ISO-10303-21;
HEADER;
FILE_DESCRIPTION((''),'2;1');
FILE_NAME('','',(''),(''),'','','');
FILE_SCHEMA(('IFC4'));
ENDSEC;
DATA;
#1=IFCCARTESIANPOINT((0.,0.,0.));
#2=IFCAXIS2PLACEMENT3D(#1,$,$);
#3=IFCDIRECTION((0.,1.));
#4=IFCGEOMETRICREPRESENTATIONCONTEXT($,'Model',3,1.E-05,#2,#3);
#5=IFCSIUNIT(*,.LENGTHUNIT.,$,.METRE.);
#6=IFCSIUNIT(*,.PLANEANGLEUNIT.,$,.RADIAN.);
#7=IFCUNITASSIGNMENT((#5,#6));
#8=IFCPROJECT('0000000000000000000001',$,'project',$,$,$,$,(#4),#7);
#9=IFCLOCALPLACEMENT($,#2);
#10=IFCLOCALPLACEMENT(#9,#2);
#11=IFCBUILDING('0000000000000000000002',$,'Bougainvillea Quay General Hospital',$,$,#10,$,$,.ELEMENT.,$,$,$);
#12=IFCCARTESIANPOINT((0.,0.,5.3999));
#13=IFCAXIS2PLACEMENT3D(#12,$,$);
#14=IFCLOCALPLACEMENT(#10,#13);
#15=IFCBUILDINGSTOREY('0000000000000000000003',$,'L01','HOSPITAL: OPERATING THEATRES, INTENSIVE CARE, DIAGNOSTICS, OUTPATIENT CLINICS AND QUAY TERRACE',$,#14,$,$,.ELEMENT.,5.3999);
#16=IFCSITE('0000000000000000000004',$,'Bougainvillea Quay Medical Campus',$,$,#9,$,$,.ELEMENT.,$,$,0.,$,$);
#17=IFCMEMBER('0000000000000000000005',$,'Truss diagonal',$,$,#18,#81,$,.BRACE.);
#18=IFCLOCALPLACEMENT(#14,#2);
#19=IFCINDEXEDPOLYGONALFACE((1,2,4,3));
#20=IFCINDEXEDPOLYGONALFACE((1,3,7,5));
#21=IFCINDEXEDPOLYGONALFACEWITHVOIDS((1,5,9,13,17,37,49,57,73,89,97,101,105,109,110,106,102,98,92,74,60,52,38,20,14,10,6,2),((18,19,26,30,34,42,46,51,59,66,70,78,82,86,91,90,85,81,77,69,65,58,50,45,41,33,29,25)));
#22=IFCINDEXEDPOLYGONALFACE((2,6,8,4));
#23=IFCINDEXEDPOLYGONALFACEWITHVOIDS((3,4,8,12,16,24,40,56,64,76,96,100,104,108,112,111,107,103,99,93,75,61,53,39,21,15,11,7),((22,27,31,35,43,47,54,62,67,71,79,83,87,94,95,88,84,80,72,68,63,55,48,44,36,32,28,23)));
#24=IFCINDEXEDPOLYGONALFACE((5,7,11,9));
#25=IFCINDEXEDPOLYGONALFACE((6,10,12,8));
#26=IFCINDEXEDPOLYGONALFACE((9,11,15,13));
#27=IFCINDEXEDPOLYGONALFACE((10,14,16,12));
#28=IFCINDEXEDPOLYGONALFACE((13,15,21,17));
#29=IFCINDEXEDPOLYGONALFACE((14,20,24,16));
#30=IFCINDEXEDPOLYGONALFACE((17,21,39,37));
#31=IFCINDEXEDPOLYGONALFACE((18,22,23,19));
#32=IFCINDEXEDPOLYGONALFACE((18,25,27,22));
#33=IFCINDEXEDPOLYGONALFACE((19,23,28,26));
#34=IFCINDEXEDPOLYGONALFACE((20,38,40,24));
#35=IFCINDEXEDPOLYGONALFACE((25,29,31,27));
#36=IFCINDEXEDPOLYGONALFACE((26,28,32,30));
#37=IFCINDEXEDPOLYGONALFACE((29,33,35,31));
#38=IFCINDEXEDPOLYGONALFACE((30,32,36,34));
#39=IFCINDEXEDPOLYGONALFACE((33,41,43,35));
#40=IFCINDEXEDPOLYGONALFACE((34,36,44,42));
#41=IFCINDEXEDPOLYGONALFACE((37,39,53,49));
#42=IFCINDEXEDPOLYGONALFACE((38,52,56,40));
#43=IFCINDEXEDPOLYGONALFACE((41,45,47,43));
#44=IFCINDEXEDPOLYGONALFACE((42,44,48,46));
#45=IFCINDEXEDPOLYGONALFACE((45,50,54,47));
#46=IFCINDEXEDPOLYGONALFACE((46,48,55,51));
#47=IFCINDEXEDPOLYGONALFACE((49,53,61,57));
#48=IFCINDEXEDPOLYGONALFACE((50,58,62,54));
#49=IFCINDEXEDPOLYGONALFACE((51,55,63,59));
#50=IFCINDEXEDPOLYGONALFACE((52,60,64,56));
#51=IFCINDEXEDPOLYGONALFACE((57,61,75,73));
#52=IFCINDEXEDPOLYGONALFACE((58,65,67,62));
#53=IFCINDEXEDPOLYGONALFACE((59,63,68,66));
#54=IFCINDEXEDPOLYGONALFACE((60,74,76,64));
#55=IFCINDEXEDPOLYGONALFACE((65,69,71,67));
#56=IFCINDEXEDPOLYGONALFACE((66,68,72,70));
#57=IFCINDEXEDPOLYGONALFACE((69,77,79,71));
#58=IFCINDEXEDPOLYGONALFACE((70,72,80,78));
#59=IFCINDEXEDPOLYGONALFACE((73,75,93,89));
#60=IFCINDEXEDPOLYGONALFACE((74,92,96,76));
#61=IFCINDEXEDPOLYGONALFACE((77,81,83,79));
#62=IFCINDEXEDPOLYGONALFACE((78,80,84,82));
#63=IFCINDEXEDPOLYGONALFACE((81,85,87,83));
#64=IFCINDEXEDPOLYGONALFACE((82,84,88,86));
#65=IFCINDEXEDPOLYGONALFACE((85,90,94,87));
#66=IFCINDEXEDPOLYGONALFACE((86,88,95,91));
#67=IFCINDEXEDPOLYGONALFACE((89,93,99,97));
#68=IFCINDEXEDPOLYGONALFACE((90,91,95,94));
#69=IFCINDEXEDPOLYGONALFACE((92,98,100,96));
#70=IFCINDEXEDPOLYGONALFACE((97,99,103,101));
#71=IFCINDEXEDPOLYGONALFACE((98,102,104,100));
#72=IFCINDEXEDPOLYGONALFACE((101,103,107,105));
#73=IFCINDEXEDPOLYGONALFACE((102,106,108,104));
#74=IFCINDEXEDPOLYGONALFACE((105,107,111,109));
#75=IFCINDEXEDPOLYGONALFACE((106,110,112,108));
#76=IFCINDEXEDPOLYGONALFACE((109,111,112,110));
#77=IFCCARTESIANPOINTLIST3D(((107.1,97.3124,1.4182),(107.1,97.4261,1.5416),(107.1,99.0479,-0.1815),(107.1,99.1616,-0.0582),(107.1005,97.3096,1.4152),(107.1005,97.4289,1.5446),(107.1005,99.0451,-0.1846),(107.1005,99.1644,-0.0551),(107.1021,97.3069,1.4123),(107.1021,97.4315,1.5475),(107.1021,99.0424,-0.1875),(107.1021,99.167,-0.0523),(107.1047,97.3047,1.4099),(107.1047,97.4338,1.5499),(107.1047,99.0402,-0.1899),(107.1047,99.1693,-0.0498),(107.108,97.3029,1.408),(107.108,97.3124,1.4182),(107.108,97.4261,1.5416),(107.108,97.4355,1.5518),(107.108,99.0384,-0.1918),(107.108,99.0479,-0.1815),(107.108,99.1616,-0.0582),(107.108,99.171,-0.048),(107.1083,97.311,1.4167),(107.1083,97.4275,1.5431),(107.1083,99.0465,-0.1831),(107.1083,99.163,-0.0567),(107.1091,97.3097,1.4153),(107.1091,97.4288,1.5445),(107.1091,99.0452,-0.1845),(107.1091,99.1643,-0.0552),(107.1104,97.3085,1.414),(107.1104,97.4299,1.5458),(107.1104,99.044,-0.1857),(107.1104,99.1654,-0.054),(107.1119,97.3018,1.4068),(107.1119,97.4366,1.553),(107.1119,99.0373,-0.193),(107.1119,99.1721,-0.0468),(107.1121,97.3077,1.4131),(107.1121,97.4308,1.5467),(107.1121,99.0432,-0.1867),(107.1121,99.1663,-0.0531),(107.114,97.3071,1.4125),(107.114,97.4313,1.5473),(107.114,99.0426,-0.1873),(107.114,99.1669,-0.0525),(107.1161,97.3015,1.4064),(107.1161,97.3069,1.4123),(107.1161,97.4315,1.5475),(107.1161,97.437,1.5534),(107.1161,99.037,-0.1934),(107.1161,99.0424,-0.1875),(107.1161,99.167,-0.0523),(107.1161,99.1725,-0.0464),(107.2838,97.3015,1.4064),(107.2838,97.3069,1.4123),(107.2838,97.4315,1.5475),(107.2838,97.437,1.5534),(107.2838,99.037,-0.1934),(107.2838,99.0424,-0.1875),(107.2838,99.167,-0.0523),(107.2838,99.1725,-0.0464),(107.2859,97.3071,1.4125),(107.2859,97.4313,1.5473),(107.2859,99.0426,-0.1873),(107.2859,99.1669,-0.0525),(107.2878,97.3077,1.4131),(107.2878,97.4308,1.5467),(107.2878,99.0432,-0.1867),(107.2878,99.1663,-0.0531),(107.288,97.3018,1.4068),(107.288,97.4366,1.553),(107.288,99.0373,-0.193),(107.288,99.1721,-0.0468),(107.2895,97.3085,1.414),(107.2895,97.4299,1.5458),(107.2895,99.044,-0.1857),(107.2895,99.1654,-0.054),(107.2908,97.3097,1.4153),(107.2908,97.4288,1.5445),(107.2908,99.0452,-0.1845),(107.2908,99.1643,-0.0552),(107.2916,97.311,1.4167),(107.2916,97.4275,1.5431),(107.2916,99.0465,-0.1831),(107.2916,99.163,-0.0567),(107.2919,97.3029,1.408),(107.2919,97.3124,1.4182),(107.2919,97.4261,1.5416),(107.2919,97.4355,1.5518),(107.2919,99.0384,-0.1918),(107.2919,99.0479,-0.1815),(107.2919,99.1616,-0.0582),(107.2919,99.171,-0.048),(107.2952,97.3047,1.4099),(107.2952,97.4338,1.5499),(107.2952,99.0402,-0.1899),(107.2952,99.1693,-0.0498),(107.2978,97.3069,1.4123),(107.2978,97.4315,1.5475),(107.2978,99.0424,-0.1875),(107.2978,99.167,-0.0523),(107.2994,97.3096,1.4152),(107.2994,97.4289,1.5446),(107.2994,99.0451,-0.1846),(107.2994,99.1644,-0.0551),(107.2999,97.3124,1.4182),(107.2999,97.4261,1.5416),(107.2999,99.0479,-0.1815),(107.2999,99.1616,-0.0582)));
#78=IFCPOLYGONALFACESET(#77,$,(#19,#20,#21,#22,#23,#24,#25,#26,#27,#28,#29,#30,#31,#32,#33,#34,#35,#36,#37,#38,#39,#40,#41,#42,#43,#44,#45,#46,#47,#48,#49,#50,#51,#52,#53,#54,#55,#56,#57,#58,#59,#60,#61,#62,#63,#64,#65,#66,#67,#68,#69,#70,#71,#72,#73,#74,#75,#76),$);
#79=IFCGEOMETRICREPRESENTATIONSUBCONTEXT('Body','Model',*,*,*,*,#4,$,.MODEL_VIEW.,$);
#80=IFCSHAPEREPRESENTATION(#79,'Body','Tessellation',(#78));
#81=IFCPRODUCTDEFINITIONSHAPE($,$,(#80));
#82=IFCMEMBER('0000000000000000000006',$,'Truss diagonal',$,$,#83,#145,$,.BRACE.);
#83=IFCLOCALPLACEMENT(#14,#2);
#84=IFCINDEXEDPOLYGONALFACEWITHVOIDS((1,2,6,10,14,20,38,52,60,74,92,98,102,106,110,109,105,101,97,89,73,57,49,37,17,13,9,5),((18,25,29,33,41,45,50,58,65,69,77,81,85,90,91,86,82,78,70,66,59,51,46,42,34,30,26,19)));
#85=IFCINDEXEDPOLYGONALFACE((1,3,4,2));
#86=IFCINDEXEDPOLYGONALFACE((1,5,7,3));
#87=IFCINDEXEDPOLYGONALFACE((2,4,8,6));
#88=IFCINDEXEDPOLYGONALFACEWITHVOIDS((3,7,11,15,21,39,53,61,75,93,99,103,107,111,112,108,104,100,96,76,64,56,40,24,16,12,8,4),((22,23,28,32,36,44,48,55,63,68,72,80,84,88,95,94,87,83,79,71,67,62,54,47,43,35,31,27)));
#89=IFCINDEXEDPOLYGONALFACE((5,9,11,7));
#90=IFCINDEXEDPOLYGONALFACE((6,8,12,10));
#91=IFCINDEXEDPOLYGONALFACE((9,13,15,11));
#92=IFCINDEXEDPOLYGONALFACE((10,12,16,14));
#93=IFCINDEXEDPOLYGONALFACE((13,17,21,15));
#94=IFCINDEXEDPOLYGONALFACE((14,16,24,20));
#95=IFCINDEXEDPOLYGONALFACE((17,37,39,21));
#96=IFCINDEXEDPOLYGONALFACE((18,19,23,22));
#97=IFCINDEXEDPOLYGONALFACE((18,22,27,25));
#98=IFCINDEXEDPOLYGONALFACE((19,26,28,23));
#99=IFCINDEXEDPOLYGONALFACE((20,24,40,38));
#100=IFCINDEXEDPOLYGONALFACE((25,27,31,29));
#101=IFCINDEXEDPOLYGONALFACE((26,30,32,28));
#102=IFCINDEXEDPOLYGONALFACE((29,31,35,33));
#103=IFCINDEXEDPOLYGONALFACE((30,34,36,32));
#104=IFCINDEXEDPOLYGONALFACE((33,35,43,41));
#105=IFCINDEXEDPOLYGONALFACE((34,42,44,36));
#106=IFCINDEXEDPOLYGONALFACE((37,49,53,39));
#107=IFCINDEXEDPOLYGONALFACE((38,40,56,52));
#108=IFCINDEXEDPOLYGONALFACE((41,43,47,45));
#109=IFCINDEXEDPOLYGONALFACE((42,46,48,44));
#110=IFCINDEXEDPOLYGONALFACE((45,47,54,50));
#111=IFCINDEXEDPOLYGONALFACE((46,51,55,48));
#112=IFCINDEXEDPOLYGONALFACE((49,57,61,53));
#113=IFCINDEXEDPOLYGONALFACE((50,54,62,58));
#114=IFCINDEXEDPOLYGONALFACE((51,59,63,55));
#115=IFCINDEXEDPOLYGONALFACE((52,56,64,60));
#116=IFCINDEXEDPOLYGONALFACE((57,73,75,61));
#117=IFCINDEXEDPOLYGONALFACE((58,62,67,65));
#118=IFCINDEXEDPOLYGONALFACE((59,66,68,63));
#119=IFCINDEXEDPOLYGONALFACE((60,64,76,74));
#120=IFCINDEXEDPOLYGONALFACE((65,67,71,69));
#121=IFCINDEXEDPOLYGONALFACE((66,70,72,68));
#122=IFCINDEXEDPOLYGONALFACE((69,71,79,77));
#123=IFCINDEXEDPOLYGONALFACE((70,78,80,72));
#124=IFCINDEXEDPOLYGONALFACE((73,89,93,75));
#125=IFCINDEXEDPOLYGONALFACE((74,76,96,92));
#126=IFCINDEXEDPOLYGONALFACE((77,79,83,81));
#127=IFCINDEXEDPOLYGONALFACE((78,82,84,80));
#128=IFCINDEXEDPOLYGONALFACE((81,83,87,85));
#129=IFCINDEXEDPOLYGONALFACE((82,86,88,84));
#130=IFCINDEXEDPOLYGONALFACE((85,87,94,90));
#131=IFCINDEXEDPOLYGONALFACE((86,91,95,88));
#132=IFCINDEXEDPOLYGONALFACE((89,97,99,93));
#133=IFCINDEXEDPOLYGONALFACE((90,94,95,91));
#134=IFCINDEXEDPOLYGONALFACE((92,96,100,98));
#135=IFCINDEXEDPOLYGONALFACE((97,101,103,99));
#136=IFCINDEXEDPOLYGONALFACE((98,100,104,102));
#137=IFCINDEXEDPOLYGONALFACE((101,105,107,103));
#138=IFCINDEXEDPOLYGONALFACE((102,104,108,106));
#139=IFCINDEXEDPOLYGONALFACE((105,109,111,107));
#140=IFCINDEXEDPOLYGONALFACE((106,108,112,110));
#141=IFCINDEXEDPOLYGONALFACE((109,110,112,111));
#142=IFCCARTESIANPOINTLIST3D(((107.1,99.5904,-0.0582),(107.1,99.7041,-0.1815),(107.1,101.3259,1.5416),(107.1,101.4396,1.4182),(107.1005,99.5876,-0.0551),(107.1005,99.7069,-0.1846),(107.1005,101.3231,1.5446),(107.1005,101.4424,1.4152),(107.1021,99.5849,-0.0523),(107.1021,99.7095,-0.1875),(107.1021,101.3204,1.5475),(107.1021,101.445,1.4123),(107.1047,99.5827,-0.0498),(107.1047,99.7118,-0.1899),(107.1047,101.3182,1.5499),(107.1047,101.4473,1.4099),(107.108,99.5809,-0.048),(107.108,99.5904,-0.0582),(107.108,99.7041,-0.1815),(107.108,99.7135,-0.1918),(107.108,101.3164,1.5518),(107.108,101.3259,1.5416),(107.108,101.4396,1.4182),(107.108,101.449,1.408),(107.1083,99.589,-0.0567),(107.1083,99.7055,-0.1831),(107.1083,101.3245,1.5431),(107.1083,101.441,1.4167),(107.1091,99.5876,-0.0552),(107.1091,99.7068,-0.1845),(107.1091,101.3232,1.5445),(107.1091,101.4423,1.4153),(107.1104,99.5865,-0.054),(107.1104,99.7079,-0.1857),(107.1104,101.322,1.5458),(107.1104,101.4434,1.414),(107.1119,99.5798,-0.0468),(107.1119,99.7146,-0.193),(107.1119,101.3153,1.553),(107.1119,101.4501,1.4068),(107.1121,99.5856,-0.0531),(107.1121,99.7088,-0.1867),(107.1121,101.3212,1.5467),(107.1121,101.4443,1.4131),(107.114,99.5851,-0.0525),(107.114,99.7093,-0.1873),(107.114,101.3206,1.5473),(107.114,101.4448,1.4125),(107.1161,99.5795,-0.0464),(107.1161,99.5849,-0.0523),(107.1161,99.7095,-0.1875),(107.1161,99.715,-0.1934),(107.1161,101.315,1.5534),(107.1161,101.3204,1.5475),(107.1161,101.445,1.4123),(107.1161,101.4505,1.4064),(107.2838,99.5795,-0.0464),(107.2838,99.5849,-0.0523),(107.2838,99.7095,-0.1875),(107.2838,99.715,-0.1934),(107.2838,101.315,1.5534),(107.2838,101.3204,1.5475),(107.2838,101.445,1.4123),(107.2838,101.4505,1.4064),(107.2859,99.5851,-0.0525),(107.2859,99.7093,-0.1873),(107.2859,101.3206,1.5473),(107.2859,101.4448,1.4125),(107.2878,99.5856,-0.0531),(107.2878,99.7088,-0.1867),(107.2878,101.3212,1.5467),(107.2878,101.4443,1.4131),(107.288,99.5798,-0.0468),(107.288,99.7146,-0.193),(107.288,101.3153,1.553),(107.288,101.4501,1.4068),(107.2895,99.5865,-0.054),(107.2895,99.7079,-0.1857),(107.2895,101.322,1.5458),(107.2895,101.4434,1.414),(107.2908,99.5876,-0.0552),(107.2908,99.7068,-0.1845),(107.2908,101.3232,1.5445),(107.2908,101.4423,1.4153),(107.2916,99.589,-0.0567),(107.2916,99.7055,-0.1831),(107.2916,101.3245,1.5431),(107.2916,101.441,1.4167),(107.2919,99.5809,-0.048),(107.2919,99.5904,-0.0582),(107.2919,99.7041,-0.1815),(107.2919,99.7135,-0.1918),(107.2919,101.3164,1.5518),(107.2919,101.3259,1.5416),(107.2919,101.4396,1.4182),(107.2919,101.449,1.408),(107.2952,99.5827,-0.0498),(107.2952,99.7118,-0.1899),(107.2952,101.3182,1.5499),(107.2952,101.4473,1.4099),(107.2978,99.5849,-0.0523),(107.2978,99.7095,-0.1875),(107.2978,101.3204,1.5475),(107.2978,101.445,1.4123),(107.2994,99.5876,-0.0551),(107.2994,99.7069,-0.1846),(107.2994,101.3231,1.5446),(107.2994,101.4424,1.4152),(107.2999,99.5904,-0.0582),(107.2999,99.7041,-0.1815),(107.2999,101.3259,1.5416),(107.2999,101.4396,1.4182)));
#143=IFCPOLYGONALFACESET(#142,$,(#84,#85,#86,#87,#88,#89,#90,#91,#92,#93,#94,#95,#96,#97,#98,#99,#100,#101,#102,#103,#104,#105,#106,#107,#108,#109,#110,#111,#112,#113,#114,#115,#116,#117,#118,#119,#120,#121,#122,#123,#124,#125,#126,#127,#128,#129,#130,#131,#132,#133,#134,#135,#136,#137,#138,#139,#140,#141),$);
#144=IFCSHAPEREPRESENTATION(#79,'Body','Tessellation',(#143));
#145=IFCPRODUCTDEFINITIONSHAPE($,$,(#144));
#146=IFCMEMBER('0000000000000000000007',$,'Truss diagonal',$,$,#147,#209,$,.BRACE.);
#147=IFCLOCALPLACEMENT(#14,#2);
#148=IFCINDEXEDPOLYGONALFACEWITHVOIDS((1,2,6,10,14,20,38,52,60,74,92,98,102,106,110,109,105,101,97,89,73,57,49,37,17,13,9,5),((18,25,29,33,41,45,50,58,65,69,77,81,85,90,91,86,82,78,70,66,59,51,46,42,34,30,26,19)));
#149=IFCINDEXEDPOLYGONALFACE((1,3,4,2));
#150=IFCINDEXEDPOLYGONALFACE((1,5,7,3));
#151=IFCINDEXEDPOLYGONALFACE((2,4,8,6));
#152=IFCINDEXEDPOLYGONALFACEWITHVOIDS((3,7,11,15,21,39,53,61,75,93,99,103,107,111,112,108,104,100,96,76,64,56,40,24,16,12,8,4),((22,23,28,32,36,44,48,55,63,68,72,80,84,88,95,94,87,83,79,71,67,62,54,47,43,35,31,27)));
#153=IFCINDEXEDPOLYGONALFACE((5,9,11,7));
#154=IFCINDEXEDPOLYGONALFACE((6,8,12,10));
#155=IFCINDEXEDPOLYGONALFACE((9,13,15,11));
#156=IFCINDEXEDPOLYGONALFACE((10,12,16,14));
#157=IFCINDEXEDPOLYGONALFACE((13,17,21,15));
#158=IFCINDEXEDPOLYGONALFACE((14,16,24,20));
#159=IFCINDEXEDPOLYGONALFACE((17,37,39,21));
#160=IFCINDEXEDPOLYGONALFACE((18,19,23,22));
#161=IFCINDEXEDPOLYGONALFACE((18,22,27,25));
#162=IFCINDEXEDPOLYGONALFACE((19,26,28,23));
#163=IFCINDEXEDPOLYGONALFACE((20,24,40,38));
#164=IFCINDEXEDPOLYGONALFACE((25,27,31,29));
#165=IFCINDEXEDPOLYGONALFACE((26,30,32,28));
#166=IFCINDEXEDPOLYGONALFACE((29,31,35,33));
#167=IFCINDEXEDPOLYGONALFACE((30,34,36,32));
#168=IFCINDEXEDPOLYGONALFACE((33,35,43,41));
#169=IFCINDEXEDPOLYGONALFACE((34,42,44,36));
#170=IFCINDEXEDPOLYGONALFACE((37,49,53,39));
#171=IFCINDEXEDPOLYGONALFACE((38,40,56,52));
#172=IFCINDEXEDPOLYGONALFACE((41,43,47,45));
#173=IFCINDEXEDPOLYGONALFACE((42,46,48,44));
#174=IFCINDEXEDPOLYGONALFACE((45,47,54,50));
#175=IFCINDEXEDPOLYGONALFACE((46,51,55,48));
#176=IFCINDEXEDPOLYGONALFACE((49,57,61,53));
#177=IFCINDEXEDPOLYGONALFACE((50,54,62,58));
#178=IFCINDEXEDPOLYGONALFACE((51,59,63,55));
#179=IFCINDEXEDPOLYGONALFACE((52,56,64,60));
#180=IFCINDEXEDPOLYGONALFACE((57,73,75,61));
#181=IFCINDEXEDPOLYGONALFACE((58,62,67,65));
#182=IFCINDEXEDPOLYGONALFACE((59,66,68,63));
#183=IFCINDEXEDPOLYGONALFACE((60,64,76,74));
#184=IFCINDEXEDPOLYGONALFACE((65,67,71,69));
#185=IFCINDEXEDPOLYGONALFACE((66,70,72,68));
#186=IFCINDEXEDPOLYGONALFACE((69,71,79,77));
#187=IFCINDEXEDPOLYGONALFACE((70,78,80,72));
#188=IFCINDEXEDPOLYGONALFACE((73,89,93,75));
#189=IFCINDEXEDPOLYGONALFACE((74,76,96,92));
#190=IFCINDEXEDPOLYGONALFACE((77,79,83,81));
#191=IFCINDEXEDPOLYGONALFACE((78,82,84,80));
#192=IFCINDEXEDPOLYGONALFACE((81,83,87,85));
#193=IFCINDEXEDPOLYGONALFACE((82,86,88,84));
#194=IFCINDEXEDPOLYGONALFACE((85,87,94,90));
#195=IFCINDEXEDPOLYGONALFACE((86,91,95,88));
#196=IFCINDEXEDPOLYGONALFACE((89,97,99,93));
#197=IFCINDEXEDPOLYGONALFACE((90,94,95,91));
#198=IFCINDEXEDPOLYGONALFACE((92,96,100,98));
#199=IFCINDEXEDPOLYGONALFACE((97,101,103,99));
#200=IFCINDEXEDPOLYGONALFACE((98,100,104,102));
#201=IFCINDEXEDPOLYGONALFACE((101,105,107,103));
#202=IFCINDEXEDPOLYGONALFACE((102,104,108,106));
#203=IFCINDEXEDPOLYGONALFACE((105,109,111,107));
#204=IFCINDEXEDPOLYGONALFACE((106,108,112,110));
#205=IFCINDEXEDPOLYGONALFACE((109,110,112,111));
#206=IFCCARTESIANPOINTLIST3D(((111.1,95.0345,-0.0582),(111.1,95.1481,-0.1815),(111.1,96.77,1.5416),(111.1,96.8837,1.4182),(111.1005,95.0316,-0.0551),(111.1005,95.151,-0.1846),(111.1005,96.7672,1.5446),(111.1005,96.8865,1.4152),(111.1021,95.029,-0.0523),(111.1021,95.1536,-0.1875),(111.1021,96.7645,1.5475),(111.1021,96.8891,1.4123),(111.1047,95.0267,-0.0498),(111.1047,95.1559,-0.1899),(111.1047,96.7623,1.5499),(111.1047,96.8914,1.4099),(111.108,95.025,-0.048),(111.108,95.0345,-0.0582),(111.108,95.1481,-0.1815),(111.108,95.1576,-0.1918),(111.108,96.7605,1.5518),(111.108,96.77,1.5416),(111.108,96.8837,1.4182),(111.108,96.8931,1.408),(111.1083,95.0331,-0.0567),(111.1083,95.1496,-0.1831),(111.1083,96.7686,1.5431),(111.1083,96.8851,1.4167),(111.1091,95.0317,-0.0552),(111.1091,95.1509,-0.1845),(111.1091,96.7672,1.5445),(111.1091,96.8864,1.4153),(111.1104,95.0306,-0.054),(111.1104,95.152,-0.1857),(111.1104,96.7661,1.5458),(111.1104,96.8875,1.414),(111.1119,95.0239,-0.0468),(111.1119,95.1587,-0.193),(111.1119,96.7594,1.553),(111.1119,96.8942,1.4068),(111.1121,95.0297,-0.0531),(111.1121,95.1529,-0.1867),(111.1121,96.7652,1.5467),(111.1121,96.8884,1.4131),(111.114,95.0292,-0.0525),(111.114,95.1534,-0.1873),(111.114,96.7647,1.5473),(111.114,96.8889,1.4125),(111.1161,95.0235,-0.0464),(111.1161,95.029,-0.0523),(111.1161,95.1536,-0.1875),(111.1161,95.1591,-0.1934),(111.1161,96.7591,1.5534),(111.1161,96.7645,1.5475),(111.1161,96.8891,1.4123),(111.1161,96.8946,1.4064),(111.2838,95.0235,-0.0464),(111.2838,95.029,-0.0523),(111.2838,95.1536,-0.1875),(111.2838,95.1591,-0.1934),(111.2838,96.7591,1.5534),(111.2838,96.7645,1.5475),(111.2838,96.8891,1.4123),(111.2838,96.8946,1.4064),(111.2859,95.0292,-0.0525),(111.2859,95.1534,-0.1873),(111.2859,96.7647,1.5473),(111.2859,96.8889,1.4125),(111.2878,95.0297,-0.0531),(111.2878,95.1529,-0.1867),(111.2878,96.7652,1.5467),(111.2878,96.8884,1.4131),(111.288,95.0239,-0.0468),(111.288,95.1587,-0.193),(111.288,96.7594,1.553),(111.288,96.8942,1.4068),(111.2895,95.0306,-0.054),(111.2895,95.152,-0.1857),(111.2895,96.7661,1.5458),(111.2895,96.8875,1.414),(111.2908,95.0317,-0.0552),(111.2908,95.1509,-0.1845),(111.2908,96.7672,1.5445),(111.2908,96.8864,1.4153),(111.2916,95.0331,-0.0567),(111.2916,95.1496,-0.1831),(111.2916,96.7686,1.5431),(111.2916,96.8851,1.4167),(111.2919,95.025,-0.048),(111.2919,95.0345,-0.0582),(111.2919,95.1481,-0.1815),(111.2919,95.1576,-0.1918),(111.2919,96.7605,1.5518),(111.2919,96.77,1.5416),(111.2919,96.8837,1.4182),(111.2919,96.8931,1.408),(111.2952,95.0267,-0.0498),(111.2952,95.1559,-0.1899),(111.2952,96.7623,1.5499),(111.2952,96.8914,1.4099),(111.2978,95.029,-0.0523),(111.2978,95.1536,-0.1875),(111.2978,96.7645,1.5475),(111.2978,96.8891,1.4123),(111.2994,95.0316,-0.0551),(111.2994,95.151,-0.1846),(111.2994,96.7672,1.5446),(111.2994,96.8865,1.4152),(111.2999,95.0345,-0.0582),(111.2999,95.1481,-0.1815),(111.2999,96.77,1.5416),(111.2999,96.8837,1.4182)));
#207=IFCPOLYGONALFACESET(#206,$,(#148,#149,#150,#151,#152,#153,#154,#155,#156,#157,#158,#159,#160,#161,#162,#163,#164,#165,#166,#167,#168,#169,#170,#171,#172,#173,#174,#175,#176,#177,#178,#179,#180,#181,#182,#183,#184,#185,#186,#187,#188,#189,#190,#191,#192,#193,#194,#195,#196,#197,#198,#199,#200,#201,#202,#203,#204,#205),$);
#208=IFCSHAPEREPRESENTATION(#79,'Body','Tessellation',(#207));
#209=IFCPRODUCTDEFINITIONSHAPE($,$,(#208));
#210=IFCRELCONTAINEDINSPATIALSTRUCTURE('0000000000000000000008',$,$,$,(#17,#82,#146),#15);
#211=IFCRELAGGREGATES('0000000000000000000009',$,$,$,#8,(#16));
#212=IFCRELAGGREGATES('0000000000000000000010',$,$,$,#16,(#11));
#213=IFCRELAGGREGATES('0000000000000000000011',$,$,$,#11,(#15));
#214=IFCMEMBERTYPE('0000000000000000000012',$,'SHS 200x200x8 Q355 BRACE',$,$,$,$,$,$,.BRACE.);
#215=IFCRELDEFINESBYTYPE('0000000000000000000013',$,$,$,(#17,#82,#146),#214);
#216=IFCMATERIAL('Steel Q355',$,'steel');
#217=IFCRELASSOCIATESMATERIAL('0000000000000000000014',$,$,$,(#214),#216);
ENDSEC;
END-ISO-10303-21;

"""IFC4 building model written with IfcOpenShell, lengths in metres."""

from ifc_helpers import new_model, si_unit, direction, frame, origin, origin_2d, place, context, subcontext, project, spatial, hollow_rectangle, extrude, material, material_profile, profile_set, type_object, element, save


model = new_model("IFC4")

# Units and contexts
model_context = context("Model", 3, precision=1e-05, world=origin(), true_north=direction((0.0, 1.0)))
body_context = subcontext(model_context, "Body", "Model", "MODEL_VIEW")
ifc_project = project(units=[si_unit("LENGTHUNIT", "METRE"), si_unit("PLANEANGLEUNIT", "RADIAN")], contexts=[model_context])

# Site, building, storey
site_placement = place(None, origin())
site = spatial("IfcSite", under=ifc_project, at=site_placement, Name="Bougainvillea Quay Medical Campus", CompositionType="ELEMENT", RefElevation=0.0)
building_placement = place(site_placement, origin())
building = spatial("IfcBuilding", under=site, at=building_placement, Name="Bougainvillea Quay General Hospital", CompositionType="ELEMENT")
storey_placement = place(building_placement, frame((0.0, 0.0, 5.3999)))
storey = spatial("IfcBuildingStorey", under=building, at=storey_placement, Name="L01", Description="HOSPITAL: OPERATING THEATRES, INTENSIVE CARE, DIAGNOSTICS, OUTPATIENT CLINICS AND QUAY TERRACE", CompositionType="ELEMENT", Elevation=5.3999)

# Members
ifc_material_1 = material(Name="Steel Q355", Category="steel")
ifc_material_profile_1 = material_profile(ifc_material_1, hollow_rectangle(XDim=0.2, YDim=0.2, WallThickness=0.0081, InnerFilletRadius=0.0081, OuterFilletRadius=0.0161, at=origin_2d()))
ifc_profile_set_1 = profile_set([ifc_material_profile_1], Name="Steel Q355")
member_type_1 = type_object("IfcMemberType", Name="SHS 200x200x8 Q355 BRACE", PredefinedType="BRACE", material=ifc_profile_set_1)
for number, where, z_axis, x_axis, name in (
    (1, (107.2, 99.1047, -0.1199), (0.0, -0.735275, 0.677769), (1.0, 0.0, 0.0), "Truss diagonal"),
    (2, (107.2, 99.6472, -0.1199), (0.0, 0.735275, 0.677769), (-1.0, 0.0, 0.0), "Truss diagonal"),
    (3, (111.2, 95.0913, -0.1199), (0.0, 0.735275, 0.677769), (-1.0, 0.0, 0.0), "Truss diagonal"),
):
    element("IfcMember", number, at=place(storey_placement, frame(where, z_axis=z_axis, x_axis=x_axis)), inside=storey, type_object=member_type_1, Name=name, PredefinedType="BRACE", context=body_context, shape_type="SweptSolid", body=[
        extrude(hollow_rectangle(XDim=0.2, YDim=0.2, WallThickness=0.0081, InnerFilletRadius=0.0081, OuterFilletRadius=0.0161, at=origin_2d()), origin(), (0.0, 0.0, 1.0), 2.3604),
    ])

save(model, "model.ifc")
